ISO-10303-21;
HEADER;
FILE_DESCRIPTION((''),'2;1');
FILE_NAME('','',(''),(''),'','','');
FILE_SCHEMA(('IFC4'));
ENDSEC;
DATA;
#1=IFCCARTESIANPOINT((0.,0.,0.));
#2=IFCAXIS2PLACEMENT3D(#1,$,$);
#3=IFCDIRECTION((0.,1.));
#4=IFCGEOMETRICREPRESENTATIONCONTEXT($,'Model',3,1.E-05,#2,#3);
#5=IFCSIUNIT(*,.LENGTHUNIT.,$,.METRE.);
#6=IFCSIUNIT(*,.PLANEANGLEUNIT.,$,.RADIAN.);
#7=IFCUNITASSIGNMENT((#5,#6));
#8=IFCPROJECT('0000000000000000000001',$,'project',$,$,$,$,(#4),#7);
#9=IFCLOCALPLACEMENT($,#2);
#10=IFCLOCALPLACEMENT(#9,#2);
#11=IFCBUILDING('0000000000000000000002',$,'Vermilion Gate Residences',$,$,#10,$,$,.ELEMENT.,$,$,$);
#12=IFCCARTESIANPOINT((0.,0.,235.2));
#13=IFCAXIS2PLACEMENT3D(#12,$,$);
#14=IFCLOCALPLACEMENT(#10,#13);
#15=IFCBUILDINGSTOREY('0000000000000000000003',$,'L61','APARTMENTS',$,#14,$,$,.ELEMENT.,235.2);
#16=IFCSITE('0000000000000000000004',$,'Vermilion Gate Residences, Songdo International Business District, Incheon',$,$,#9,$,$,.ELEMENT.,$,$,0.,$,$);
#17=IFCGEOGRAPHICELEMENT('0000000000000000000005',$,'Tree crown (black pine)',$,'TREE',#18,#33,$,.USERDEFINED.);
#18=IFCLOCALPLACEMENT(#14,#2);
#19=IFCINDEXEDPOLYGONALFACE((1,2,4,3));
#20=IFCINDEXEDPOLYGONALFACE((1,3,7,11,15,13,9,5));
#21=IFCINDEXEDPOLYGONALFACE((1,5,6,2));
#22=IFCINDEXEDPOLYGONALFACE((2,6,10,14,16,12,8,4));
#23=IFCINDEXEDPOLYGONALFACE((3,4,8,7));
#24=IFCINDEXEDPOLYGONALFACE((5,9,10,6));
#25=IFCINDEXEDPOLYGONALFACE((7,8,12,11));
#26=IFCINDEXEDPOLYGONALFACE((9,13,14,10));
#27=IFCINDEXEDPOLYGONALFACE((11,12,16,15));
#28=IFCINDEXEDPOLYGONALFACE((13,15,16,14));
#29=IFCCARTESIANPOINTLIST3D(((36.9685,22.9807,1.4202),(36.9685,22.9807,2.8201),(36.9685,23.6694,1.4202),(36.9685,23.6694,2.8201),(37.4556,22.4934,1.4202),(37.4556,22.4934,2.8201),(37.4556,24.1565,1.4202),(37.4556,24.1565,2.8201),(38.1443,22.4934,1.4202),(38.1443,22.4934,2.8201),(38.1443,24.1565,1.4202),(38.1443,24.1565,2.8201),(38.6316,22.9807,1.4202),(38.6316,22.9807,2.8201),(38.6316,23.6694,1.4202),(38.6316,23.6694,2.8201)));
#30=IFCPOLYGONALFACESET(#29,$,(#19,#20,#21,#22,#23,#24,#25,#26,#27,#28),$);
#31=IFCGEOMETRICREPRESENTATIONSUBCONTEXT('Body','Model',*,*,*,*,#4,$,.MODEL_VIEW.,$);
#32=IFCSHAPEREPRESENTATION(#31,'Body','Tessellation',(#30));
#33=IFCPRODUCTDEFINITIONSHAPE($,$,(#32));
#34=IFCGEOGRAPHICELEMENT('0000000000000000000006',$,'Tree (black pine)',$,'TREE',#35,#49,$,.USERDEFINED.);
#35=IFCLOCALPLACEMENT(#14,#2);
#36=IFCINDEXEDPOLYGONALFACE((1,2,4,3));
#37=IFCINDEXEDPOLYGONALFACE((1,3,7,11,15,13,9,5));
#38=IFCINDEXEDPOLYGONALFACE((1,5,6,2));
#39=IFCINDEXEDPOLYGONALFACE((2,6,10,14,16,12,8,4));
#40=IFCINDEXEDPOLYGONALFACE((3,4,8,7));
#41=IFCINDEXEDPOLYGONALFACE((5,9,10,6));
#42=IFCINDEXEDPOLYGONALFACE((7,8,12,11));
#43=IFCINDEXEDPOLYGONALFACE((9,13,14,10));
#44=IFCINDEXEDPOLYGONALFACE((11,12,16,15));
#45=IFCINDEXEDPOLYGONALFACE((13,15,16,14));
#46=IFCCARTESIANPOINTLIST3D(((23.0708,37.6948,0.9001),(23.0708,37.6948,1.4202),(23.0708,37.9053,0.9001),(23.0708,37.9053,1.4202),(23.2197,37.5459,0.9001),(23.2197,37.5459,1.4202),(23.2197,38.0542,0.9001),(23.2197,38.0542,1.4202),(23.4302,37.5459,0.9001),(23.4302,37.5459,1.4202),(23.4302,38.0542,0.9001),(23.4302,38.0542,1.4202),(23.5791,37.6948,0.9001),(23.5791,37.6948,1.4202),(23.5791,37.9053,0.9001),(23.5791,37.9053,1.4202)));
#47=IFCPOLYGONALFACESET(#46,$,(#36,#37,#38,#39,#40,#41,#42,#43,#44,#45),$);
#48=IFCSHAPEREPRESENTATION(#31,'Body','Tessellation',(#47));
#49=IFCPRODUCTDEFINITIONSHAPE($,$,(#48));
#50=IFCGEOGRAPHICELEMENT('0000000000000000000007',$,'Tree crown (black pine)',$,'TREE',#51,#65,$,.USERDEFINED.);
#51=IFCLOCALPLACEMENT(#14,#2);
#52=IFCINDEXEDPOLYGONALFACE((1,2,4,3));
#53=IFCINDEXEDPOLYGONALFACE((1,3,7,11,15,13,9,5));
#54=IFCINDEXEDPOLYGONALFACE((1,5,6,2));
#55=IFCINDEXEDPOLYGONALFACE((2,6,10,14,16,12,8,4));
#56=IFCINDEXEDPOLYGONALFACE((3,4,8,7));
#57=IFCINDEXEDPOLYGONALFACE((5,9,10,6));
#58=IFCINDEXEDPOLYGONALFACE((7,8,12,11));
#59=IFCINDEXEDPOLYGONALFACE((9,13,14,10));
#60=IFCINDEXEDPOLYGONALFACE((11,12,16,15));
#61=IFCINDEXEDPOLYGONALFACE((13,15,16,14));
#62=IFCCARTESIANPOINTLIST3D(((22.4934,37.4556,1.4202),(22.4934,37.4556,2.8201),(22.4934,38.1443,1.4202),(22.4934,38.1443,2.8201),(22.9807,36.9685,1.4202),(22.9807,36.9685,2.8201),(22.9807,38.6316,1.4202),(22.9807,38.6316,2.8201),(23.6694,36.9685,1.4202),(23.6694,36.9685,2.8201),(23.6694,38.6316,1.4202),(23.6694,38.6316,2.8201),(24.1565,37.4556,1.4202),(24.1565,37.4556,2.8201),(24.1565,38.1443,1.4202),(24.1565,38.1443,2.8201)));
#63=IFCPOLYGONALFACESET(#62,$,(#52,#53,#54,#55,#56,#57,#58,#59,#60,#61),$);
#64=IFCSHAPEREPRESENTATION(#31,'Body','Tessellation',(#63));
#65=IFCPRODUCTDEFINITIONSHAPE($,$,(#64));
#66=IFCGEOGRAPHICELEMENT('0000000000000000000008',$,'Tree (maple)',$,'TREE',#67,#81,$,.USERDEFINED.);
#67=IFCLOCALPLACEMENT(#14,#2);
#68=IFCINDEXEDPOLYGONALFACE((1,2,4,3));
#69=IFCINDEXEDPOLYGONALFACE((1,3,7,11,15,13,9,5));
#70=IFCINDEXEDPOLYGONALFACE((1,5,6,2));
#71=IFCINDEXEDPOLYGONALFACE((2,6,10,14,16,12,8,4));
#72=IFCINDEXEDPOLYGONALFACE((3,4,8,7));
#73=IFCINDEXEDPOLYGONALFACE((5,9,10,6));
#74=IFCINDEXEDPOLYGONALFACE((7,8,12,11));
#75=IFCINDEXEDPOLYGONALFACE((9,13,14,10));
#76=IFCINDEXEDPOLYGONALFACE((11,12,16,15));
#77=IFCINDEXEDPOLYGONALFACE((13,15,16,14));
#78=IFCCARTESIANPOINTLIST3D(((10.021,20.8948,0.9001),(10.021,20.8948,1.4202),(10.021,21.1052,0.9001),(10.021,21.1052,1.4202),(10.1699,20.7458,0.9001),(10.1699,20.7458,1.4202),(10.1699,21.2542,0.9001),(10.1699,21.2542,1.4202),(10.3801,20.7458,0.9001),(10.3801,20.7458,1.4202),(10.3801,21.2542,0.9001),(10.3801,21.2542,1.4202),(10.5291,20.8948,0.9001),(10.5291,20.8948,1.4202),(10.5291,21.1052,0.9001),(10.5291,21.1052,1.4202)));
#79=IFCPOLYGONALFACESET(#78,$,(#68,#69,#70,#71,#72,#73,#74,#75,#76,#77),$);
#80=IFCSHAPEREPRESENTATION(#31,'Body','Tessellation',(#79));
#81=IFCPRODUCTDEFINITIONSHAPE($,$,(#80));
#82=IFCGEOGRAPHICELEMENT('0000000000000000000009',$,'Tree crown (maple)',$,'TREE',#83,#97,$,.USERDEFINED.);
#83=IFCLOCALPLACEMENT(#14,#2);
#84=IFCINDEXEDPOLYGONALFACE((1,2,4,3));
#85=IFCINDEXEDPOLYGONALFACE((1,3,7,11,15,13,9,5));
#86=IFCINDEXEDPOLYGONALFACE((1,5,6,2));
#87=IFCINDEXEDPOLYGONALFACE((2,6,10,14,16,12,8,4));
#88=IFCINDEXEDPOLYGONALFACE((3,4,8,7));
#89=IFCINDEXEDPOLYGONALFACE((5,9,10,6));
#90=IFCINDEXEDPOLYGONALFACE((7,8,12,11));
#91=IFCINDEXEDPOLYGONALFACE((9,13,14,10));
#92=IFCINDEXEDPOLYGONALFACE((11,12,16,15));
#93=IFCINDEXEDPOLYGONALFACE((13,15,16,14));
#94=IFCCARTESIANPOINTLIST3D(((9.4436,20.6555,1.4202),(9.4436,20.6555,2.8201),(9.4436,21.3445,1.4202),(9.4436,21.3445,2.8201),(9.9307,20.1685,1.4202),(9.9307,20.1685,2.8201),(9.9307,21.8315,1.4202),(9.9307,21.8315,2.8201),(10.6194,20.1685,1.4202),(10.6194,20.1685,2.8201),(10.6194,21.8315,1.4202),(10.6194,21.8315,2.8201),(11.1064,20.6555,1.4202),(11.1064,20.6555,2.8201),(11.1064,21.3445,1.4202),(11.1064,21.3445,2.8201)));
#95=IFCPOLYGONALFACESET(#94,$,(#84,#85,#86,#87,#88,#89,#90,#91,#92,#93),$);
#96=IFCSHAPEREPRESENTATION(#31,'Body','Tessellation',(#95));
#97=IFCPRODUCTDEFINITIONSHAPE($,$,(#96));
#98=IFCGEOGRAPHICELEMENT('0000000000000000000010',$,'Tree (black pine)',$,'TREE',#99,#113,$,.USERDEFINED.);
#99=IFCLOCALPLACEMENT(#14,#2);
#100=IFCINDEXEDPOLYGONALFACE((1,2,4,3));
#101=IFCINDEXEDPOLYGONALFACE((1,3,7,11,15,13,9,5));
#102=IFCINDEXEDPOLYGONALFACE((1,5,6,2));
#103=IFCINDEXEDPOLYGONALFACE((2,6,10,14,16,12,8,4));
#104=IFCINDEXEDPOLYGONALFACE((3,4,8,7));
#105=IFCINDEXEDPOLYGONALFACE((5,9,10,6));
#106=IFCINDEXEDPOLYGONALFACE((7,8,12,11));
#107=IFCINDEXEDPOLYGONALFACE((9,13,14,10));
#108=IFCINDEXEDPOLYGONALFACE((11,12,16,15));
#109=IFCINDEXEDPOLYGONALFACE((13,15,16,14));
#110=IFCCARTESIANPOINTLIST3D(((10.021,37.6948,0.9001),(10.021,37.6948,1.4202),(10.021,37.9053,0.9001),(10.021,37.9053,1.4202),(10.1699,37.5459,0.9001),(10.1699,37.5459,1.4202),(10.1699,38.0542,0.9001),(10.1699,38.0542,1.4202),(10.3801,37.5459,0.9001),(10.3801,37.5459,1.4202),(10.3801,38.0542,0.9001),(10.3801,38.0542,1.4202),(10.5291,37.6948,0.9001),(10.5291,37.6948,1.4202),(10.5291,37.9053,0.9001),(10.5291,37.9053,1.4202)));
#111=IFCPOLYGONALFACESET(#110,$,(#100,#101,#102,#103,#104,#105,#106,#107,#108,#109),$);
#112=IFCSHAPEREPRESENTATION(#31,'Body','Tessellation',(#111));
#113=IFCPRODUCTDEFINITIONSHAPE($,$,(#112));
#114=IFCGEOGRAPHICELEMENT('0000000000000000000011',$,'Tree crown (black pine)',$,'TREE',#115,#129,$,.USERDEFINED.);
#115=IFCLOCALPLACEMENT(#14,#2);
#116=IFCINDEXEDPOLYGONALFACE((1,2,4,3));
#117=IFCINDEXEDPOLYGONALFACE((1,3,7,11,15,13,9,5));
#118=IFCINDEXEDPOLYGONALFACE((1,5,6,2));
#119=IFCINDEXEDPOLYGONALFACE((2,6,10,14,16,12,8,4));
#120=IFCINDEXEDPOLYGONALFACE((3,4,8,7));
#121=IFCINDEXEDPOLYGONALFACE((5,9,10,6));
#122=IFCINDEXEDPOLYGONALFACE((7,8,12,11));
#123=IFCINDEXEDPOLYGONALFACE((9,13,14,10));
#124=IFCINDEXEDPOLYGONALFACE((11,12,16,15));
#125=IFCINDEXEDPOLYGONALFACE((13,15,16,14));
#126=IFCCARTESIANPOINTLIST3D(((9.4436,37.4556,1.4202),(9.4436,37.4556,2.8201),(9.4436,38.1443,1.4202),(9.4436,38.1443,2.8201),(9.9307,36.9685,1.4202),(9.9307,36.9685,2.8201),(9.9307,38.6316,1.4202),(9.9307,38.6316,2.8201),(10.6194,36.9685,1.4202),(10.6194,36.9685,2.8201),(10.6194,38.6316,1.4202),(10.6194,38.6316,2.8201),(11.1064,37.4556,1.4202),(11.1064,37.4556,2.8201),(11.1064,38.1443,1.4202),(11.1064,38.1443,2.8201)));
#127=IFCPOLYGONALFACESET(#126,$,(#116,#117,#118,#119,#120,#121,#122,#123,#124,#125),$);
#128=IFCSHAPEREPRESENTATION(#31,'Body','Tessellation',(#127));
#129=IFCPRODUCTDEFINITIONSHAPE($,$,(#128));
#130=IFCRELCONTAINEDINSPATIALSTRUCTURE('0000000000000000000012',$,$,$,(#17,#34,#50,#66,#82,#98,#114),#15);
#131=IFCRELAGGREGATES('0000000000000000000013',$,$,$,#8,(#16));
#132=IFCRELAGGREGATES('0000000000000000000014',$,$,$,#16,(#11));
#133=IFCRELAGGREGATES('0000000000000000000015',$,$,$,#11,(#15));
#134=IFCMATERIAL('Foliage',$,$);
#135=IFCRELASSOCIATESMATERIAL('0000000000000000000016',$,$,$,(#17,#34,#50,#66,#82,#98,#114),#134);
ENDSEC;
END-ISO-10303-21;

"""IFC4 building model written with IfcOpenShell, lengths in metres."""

from ifc_helpers import new_model, si_unit, direction, frame, origin, place, context, subcontext, project, spatial, polyline, outline, extrude, material, element, save


model = new_model("IFC4")

# Units and contexts
model_context = context("Model", 3, precision=1e-05, world=origin(), true_north=direction((0.0, 1.0)))
body_context = subcontext(model_context, "Body", "Model", "MODEL_VIEW")
ifc_project = project(units=[si_unit("LENGTHUNIT", "METRE"), si_unit("PLANEANGLEUNIT", "RADIAN")], contexts=[model_context])

# Site, building, storey
site_placement = place(None, origin())
site = spatial("IfcSite", under=ifc_project, at=site_placement, Name="Vermilion Gate Residences, Songdo International Business District, Incheon", CompositionType="ELEMENT", RefElevation=0.0)
building_placement = place(site_placement, origin())
building = spatial("IfcBuilding", under=site, at=building_placement, Name="Vermilion Gate Residences", CompositionType="ELEMENT")
storey_placement = place(building_placement, frame((0.0, 0.0, 235.2)))
storey = spatial("IfcBuildingStorey", under=building, at=storey_placement, Name="L61", Description="APARTMENTS", CompositionType="ELEMENT", Elevation=235.2)

# Geographic elements
ifc_material_1 = material(Name="Foliage")
geographic_element_1_placement = place(storey_placement, frame((0.0, 0.0, 1.4202)))
element("IfcGeographicElement", 1, at=geographic_element_1_placement, inside=storey, material=ifc_material_1, Name="Tree crown (black pine)", ObjectType="TREE", PredefinedType="USERDEFINED", context=body_context, shape_type="SweptSolid", body=[
    extrude(outline(polyline([(38.6316, 23.6694), (38.1443, 24.1565), (37.4556, 24.1565), (36.9685, 23.6694), (36.9685, 22.9807), (37.4556, 22.4934), (38.1443, 22.4934), (38.6316, 22.9807), (38.6316, 23.6694)])), origin(), (0.0, 0.0, 1.0), 1.3999),
])
geographic_element_2_placement = place(storey_placement, frame((0.0, 0.0, 0.9001)))
element("IfcGeographicElement", 2, at=geographic_element_2_placement, inside=storey, material=ifc_material_1, Name="Tree (black pine)", ObjectType="TREE", PredefinedType="USERDEFINED", context=body_context, shape_type="SweptSolid", body=[
    extrude(outline(polyline([(23.5791, 37.9053), (23.4302, 38.0542), (23.2197, 38.0542), (23.0708, 37.9053), (23.0708, 37.6948), (23.2197, 37.5459), (23.4302, 37.5459), (23.5791, 37.6948), (23.5791, 37.9053)])), origin(), (0.0, 0.0, 1.0), 0.52),
])
geographic_element_3_placement = place(storey_placement, frame((0.0, 0.0, 1.4202)))
element("IfcGeographicElement", 3, at=geographic_element_3_placement, inside=storey, material=ifc_material_1, Name="Tree crown (black pine)", ObjectType="TREE", PredefinedType="USERDEFINED", context=body_context, shape_type="SweptSolid", body=[
    extrude(outline(polyline([(24.1565, 38.1443), (23.6694, 38.6316), (22.9807, 38.6316), (22.4934, 38.1443), (22.4934, 37.4556), (22.9807, 36.9685), (23.6694, 36.9685), (24.1565, 37.4556), (24.1565, 38.1443)])), origin(), (0.0, 0.0, 1.0), 1.3999),
])
geographic_element_4_placement = place(storey_placement, frame((0.0, 0.0, 0.9001)))
element("IfcGeographicElement", 4, at=geographic_element_4_placement, inside=storey, material=ifc_material_1, Name="Tree (maple)", ObjectType="TREE", PredefinedType="USERDEFINED", context=body_context, shape_type="SweptSolid", body=[
    extrude(outline(polyline([(10.5291, 21.1052), (10.3801, 21.2542), (10.1699, 21.2542), (10.021, 21.1052), (10.021, 20.8948), (10.1699, 20.7458), (10.3801, 20.7458), (10.5291, 20.8948), (10.5291, 21.1052)])), origin(), (0.0, 0.0, 1.0), 0.52),
])
geographic_element_5_placement = place(storey_placement, frame((0.0, 0.0, 1.4202)))
element("IfcGeographicElement", 5, at=geographic_element_5_placement, inside=storey, material=ifc_material_1, Name="Tree crown (maple)", ObjectType="TREE", PredefinedType="USERDEFINED", context=body_context, shape_type="SweptSolid", body=[
    extrude(outline(polyline([(11.1064, 21.3445), (10.6194, 21.8315), (9.9307, 21.8315), (9.4436, 21.3445), (9.4436, 20.6555), (9.9307, 20.1685), (10.6194, 20.1685), (11.1064, 20.6555), (11.1064, 21.3445)])), origin(), (0.0, 0.0, 1.0), 1.3999),
])
geographic_element_6_placement = place(storey_placement, frame((0.0, 0.0, 0.9001)))
element("IfcGeographicElement", 6, at=geographic_element_6_placement, inside=storey, material=ifc_material_1, Name="Tree (black pine)", ObjectType="TREE", PredefinedType="USERDEFINED", context=body_context, shape_type="SweptSolid", body=[
    extrude(outline(polyline([(10.5291, 37.9053), (10.3801, 38.0542), (10.1699, 38.0542), (10.021, 37.9053), (10.021, 37.6948), (10.1699, 37.5459), (10.3801, 37.5459), (10.5291, 37.6948), (10.5291, 37.9053)])), origin(), (0.0, 0.0, 1.0), 0.52),
])
geographic_element_7_placement = place(storey_placement, frame((0.0, 0.0, 1.4202)))
element("IfcGeographicElement", 7, at=geographic_element_7_placement, inside=storey, material=ifc_material_1, Name="Tree crown (black pine)", ObjectType="TREE", PredefinedType="USERDEFINED", context=body_context, shape_type="SweptSolid", body=[
    extrude(outline(polyline([(11.1064, 38.1443), (10.6194, 38.6316), (9.9307, 38.6316), (9.4436, 38.1443), (9.4436, 37.4556), (9.9307, 36.9685), (10.6194, 36.9685), (11.1064, 37.4556), (11.1064, 38.1443)])), origin(), (0.0, 0.0, 1.0), 1.3999),
])

save(model, "model.ifc")
